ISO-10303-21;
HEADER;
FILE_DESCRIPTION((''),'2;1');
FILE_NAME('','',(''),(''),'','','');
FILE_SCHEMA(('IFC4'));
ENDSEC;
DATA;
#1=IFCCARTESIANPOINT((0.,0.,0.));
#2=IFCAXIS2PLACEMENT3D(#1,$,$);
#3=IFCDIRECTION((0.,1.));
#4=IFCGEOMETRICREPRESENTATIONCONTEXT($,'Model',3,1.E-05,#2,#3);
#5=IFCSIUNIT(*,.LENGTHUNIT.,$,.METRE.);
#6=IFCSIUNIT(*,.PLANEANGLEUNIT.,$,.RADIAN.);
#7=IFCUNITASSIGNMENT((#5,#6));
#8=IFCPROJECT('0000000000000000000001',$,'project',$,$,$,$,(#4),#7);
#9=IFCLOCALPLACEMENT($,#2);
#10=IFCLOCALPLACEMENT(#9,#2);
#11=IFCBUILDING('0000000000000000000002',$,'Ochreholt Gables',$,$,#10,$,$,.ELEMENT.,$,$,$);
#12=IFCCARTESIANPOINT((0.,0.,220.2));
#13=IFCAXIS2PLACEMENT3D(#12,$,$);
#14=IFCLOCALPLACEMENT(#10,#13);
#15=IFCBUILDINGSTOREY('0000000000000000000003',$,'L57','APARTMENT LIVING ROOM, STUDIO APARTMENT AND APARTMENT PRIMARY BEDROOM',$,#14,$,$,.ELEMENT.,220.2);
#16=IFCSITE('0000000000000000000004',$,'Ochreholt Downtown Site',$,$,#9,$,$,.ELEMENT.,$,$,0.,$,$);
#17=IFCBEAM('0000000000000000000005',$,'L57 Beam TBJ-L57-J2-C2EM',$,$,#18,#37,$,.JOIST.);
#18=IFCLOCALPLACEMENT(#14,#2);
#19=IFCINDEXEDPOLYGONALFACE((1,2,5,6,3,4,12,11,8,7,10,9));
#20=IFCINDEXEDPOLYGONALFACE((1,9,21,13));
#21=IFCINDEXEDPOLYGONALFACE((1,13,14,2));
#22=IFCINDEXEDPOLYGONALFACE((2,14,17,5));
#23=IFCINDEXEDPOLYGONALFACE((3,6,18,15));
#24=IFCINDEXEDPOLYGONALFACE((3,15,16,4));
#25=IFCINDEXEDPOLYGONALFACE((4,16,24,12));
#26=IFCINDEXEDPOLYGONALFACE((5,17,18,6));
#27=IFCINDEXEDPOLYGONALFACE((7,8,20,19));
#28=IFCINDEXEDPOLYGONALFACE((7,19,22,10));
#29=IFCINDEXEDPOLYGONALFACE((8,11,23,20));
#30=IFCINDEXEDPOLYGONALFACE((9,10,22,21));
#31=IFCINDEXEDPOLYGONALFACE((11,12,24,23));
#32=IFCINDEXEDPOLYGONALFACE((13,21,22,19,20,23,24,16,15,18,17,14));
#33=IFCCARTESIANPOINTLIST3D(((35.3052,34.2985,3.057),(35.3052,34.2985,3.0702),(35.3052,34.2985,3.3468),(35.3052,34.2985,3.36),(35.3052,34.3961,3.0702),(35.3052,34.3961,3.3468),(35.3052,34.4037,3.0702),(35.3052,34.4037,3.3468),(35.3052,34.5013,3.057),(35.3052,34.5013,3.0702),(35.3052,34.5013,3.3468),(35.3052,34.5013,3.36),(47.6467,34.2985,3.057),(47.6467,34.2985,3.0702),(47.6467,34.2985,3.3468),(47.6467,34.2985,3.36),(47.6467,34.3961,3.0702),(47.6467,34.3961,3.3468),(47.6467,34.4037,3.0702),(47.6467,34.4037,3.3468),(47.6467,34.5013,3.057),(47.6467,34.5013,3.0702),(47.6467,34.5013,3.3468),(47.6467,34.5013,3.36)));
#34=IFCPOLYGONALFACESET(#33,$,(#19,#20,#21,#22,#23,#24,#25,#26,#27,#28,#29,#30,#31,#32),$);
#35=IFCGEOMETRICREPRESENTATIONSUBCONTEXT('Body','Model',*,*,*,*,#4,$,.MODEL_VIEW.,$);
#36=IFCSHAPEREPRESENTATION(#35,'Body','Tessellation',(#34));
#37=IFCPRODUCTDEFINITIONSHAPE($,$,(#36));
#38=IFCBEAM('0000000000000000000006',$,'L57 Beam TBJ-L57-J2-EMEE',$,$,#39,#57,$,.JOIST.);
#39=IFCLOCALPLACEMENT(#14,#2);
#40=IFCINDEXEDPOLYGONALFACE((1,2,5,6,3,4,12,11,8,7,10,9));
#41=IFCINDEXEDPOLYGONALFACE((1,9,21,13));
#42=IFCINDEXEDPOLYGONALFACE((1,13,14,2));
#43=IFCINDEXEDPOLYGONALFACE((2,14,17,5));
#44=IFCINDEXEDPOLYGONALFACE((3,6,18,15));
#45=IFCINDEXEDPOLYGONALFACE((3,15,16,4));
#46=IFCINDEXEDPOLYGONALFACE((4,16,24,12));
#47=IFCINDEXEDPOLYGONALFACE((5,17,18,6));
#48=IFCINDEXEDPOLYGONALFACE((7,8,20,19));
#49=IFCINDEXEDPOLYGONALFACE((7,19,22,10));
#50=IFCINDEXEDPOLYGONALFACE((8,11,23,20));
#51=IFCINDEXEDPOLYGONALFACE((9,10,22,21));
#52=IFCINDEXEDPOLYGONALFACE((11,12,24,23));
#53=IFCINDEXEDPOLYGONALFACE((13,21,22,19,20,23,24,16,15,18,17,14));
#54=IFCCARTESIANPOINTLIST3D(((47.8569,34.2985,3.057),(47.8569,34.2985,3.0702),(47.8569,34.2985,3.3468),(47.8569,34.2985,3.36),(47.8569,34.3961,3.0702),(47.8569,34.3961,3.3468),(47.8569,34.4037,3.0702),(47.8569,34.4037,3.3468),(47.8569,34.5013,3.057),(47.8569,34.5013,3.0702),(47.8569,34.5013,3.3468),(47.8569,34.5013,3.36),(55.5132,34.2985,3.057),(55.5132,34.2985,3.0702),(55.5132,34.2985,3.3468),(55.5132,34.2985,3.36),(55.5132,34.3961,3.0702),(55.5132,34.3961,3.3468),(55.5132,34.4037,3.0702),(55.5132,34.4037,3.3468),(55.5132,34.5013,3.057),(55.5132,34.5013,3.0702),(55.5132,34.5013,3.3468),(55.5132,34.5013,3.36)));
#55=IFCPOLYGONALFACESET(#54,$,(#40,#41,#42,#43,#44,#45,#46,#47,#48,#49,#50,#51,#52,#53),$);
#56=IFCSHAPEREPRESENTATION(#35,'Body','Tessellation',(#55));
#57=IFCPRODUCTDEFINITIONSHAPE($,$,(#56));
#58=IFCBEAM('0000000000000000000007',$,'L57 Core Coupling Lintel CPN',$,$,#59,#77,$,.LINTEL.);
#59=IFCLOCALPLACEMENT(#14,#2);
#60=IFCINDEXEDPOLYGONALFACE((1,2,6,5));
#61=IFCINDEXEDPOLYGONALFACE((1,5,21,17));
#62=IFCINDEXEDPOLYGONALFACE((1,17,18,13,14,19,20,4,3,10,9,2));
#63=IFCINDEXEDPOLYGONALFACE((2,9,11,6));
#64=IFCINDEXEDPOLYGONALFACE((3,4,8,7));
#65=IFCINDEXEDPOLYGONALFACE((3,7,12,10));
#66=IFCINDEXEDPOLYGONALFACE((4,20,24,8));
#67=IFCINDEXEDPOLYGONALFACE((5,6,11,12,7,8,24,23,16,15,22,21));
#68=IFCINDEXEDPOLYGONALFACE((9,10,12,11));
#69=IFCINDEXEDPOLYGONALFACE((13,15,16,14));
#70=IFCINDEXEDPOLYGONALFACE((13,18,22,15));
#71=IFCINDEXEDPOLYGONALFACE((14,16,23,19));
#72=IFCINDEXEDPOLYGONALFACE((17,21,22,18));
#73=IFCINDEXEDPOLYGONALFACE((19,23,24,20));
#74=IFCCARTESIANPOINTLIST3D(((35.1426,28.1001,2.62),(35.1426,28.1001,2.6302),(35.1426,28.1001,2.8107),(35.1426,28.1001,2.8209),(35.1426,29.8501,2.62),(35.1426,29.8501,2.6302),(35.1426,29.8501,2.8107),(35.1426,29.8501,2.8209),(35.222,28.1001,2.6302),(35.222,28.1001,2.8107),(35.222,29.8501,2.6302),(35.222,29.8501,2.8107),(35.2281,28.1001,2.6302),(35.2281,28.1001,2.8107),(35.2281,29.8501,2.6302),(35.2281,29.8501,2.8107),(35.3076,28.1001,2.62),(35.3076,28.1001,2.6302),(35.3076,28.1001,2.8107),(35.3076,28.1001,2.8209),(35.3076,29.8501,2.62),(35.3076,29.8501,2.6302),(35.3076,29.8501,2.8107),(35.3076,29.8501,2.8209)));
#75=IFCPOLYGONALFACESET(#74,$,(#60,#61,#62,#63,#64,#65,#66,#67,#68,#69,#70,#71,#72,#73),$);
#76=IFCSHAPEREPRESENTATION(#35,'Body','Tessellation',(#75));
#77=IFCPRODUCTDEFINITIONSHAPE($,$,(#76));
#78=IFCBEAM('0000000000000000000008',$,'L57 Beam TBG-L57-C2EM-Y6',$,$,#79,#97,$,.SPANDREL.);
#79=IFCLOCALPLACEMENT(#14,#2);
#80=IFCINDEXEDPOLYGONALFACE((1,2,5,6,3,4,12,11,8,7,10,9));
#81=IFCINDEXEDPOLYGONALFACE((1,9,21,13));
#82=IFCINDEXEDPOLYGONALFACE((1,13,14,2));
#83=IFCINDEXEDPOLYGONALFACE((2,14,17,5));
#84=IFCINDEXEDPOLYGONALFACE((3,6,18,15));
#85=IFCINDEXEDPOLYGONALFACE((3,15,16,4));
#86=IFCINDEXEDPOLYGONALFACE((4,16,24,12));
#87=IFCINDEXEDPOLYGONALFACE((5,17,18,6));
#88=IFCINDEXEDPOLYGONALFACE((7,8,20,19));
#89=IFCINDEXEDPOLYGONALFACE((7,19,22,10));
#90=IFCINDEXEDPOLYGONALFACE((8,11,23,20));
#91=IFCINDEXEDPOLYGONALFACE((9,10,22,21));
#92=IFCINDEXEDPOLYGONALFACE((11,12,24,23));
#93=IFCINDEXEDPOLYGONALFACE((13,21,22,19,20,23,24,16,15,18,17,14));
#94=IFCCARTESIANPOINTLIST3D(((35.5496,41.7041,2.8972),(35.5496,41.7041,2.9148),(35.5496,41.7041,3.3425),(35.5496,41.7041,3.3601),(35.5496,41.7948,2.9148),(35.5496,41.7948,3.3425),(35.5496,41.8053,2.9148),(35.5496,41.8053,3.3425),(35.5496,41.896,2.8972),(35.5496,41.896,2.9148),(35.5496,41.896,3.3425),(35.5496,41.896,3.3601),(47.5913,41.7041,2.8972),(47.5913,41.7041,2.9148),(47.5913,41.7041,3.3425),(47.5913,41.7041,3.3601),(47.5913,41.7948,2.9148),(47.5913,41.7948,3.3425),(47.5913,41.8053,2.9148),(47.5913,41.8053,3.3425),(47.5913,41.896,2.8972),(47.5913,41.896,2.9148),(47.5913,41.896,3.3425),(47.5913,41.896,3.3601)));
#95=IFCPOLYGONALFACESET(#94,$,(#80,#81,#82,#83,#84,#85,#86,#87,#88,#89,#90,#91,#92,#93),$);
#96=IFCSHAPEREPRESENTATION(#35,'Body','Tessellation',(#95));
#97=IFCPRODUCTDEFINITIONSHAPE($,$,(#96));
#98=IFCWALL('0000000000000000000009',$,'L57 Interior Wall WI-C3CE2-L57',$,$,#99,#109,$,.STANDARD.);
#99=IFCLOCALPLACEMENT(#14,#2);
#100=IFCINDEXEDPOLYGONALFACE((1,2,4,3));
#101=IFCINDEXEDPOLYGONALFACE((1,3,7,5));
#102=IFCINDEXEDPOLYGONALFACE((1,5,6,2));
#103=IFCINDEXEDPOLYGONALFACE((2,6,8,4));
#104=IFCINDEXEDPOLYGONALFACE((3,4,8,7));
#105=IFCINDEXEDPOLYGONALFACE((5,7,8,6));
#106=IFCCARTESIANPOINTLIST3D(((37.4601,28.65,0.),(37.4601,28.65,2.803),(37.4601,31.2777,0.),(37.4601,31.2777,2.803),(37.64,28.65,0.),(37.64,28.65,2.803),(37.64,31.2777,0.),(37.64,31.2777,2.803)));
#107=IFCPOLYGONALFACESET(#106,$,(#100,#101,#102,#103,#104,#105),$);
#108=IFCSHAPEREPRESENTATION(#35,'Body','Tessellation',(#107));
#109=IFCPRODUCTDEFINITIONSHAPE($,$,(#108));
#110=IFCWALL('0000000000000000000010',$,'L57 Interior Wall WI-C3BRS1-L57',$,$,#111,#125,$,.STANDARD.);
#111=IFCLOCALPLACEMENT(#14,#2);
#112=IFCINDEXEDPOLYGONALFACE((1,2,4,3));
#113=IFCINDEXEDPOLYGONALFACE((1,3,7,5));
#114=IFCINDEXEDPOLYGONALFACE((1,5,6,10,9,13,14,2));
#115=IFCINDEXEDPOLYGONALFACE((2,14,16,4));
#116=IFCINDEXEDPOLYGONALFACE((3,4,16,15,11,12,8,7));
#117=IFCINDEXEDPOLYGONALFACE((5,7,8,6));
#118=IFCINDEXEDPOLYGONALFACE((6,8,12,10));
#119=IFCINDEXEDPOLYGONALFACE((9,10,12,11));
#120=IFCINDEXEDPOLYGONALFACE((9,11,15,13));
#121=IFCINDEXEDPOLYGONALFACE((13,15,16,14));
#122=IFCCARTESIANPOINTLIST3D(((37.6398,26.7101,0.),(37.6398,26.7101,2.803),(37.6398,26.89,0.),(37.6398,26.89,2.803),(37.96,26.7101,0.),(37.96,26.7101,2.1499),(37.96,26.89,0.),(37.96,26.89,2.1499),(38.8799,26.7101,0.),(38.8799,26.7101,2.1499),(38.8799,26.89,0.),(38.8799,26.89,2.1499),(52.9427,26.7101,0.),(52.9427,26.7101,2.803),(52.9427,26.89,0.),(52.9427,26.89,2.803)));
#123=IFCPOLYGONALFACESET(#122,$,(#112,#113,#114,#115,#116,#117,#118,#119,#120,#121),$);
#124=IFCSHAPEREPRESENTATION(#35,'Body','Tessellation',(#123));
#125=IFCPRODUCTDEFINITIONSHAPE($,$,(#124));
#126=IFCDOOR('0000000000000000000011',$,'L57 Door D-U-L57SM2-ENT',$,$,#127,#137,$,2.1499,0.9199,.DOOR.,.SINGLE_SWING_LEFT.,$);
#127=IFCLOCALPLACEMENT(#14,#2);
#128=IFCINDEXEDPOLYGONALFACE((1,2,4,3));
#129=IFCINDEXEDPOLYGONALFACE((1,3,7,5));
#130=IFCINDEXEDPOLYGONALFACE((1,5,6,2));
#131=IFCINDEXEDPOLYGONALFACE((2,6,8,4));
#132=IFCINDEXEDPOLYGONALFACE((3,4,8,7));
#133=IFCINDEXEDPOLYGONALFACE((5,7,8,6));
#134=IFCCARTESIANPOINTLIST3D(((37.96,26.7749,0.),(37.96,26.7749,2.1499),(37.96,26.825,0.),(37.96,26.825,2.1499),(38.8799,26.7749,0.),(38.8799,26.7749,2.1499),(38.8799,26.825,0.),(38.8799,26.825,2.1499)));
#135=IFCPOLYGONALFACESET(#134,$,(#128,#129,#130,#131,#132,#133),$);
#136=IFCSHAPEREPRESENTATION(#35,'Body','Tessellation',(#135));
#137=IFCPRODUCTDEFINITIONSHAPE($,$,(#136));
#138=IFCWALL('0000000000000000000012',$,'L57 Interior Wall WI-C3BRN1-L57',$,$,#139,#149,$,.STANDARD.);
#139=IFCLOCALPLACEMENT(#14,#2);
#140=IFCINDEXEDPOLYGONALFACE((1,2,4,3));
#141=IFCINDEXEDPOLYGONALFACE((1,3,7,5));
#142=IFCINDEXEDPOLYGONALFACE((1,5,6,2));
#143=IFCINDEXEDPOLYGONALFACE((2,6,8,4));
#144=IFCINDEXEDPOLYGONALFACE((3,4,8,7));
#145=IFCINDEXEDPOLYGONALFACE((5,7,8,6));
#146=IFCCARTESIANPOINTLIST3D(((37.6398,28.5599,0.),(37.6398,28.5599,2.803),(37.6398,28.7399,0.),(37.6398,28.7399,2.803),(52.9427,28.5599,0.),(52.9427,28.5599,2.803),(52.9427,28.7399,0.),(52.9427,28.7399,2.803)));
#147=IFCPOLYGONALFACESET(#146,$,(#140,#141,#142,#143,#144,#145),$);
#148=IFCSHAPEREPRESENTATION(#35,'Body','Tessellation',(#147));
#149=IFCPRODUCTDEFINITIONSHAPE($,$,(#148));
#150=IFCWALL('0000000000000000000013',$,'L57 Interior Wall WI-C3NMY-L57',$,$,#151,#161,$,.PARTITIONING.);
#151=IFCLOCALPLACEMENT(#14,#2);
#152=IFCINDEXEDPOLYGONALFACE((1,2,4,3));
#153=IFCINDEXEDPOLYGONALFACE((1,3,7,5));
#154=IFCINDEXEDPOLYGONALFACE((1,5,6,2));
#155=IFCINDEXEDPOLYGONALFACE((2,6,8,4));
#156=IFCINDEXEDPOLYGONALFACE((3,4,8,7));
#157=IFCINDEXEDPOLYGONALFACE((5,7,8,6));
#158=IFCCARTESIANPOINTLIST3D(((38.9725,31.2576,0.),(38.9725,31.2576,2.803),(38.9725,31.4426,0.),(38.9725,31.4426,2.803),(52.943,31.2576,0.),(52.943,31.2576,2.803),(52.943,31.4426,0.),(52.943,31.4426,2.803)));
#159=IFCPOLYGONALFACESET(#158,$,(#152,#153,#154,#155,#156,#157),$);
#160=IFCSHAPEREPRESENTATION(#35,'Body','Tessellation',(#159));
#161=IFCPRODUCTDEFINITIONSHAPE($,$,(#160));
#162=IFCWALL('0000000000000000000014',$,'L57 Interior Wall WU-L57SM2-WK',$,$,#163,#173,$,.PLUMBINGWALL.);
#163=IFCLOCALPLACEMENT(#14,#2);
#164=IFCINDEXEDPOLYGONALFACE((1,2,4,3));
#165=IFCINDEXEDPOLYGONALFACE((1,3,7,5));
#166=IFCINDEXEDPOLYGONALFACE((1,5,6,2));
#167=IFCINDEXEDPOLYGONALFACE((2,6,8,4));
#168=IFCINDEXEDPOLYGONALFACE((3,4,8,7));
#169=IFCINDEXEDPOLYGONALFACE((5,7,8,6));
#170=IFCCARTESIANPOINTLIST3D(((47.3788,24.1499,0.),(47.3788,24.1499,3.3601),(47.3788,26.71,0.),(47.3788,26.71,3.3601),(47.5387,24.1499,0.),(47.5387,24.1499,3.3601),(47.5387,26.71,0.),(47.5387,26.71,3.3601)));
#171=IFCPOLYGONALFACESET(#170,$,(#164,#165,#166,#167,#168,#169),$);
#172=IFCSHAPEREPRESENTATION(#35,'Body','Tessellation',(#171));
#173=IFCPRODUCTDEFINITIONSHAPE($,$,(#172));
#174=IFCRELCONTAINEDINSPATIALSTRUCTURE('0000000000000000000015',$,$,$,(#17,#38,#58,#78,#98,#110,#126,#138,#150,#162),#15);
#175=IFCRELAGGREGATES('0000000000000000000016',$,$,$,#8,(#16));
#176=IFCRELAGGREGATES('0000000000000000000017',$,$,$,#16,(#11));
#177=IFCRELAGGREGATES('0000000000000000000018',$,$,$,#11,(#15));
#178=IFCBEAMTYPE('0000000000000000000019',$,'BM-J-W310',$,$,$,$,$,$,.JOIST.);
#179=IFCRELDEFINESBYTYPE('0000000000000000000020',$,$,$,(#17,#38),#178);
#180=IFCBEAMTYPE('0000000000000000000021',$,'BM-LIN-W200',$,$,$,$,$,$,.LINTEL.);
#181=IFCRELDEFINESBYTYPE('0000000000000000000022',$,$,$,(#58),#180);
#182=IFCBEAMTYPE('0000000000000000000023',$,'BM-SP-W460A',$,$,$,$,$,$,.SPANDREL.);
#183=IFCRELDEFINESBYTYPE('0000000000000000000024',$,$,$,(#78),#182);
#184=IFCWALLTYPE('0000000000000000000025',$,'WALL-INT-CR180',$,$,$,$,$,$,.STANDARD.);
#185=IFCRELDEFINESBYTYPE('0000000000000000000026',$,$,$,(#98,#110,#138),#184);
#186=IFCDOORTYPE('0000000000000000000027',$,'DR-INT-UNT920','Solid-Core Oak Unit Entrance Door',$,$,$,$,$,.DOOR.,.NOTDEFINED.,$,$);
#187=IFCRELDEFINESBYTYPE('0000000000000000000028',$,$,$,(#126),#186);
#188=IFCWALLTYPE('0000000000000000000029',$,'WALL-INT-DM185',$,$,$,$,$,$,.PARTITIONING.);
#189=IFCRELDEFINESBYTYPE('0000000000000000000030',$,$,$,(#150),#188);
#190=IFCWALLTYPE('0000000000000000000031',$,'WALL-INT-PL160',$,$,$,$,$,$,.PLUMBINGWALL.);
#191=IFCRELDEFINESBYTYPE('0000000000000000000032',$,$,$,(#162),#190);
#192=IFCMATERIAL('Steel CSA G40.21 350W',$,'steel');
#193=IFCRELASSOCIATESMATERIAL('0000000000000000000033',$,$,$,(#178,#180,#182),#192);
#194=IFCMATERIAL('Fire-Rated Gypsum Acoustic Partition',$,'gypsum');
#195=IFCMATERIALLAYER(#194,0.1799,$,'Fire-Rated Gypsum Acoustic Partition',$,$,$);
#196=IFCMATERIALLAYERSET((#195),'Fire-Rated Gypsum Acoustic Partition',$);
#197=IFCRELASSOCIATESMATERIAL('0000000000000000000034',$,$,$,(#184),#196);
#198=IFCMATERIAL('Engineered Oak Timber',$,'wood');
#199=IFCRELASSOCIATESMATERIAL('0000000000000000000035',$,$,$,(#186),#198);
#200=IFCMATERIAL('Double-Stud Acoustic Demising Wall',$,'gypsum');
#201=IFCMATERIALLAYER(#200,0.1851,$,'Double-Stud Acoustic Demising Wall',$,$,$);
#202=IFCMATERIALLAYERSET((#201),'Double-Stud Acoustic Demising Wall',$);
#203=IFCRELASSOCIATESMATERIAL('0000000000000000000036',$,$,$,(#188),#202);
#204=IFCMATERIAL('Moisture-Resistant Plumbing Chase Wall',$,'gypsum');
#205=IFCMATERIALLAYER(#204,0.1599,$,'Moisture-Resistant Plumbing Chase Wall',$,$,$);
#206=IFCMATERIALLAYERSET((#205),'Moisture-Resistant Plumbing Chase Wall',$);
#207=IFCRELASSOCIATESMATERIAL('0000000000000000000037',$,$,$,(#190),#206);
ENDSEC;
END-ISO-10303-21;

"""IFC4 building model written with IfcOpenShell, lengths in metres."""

from ifc_helpers import new_model, si_unit, direction, frame, frame_2d, origin, origin_2d, place, context, subcontext, project, spatial, rectangle, i_section, extrude, material, layer, layer_set, material_profile, profile_set, type_object, element, fill, save


model = new_model("IFC4")

# Units and contexts
model_context = context("Model", 3, precision=1e-05, world=origin(), true_north=direction((0.0, 1.0)))
body_context = subcontext(model_context, "Body", "Model", "MODEL_VIEW")
ifc_project = project(units=[si_unit("LENGTHUNIT", "METRE"), si_unit("PLANEANGLEUNIT", "RADIAN")], contexts=[model_context])

# Site, building, storey
site_placement = place(None, origin())
site = spatial("IfcSite", under=ifc_project, at=site_placement, Name="Ochreholt Downtown Site", CompositionType="ELEMENT", RefElevation=0.0)
building_placement = place(site_placement, origin())
building = spatial("IfcBuilding", under=site, at=building_placement, Name="Ochreholt Gables", CompositionType="ELEMENT")
storey_placement = place(building_placement, frame((0.0, 0.0, 220.2)))
storey = spatial("IfcBuildingStorey", under=building, at=storey_placement, Name="L57", Description="APARTMENT LIVING ROOM, STUDIO APARTMENT AND APARTMENT PRIMARY BEDROOM", CompositionType="ELEMENT", Elevation=220.2)

# Shared definitions
ifc_material_1 = material(Name="Steel CSA G40.21 350W", Category="steel")

# Beams
ifc_material_profile_1 = material_profile(ifc_material_1, i_section(OverallWidth=0.2029, OverallDepth=0.303, WebThickness=0.0076, FlangeThickness=0.0132, at=origin_2d()), Name="W310X60")
ifc_profile_set_1 = profile_set([ifc_material_profile_1], Name="Steel CSA G40.21 350W")
beam_type_1 = type_object("IfcBeamType", Name="BM-J-W310", PredefinedType="JOIST", material=ifc_profile_set_1)
beam_1_placement = place(storey_placement, frame((35.3052, 34.3999, 3.2085), z_axis=(1.0, 0.0, 0.0), x_axis=(0.0, 1.0, 0.0)))
element("IfcBeam", 1, at=beam_1_placement, inside=storey, type_object=beam_type_1, Name="L57 Beam TBJ-L57-J2-C2EM", PredefinedType="JOIST", context=body_context, shape_type="SweptSolid", body=[
    extrude(i_section(OverallWidth=0.2029, OverallDepth=0.303, WebThickness=0.0076, FlangeThickness=0.0132, at=origin_2d()), origin(), (0.0, 0.0, 1.0), 12.3416),
])
beam_2_placement = place(storey_placement, frame((47.8569, 34.3999, 3.2085), z_axis=(1.0, 0.0, 0.0), x_axis=(0.0, 1.0, 0.0)))
element("IfcBeam", 2, at=beam_2_placement, inside=storey, type_object=beam_type_1, Name="L57 Beam TBJ-L57-J2-EMEE", PredefinedType="JOIST", context=body_context, shape_type="SweptSolid", body=[
    extrude(i_section(OverallWidth=0.2029, OverallDepth=0.303, WebThickness=0.0076, FlangeThickness=0.0132, at=origin_2d()), origin(), (0.0, 0.0, 1.0), 7.6562),
])
ifc_material_profile_2 = material_profile(ifc_material_1, i_section(OverallWidth=0.165, OverallDepth=0.2009, WebThickness=0.0061, FlangeThickness=0.0103, at=origin_2d()), Name="W200X36")
ifc_profile_set_2 = profile_set([ifc_material_profile_2], Name="Steel CSA G40.21 350W")
beam_type_2 = type_object("IfcBeamType", Name="BM-LIN-W200", PredefinedType="LINTEL", material=ifc_profile_set_2)
beam_3_placement = place(storey_placement, frame((35.2251, 28.1001, 2.7205), z_axis=(0.0, 1.0, 0.0), x_axis=(-1.0, 0.0, 0.0)))
element("IfcBeam", 3, at=beam_3_placement, inside=storey, type_object=beam_type_2, Name="L57 Core Coupling Lintel CPN", PredefinedType="LINTEL", context=body_context, shape_type="SweptSolid", body=[
    extrude(i_section(OverallWidth=0.165, OverallDepth=0.2009, WebThickness=0.0061, FlangeThickness=0.0103, at=origin_2d()), origin(), (0.0, 0.0, 1.0), 1.75),
])
ifc_material_profile_3 = material_profile(ifc_material_1, i_section(OverallWidth=0.1919, OverallDepth=0.4629, WebThickness=0.0105, FlangeThickness=0.0176, at=origin_2d()), Name="W460X89")
ifc_profile_set_3 = profile_set([ifc_material_profile_3], Name="Steel CSA G40.21 350W")
beam_type_3 = type_object("IfcBeamType", Name="BM-SP-W460A", PredefinedType="SPANDREL", material=ifc_profile_set_3)
beam_4_placement = place(storey_placement, frame((35.5496, 41.8, 3.1287), z_axis=(1.0, 0.0, 0.0), x_axis=(0.0, 1.0, 0.0)))
element("IfcBeam", 4, at=beam_4_placement, inside=storey, type_object=beam_type_3, Name="L57 Beam TBG-L57-C2EM-Y6", PredefinedType="SPANDREL", context=body_context, shape_type="SweptSolid", body=[
    extrude(i_section(OverallWidth=0.1919, OverallDepth=0.4629, WebThickness=0.0105, FlangeThickness=0.0176, at=origin_2d()), origin(), (0.0, 0.0, 1.0), 12.0417),
])

# Wall
ifc_material_2 = material(Name="Fire-Rated Gypsum Acoustic Partition", Category="gypsum")
ifc_layer_1 = layer(ifc_material_2, 0.1799, Name="Fire-Rated Gypsum Acoustic Partition")
ifc_layer_set_1 = layer_set([ifc_layer_1], Name="Fire-Rated Gypsum Acoustic Partition")
wall_type_1 = type_object("IfcWallType", Name="WALL-INT-CR180", PredefinedType="STANDARD", material=ifc_layer_set_1)
wall_1_placement = place(storey_placement, frame((37.55, 28.6499, 0.0), z_axis=(0.0, 0.0, 1.0), x_axis=(0.0, 1.0, 0.0)))
element("IfcWall", 5, at=wall_1_placement, inside=storey, type_object=wall_type_1, Name="L57 Interior Wall WI-C3CE2-L57", PredefinedType="STANDARD", context=body_context, shape_type="SweptSolid", body=[
    extrude(rectangle(XDim=2.6277, YDim=0.1799, at=frame_2d((1.314, 0.0))), origin(), (0.0, 0.0, 1.0), 2.803),
])

# Wall, opening, door
wall_2_placement = place(storey_placement, frame((37.6399, 26.8, 0.0), z_axis=(0.0, 0.0, 1.0), x_axis=(1.0, 0.0, 0.0)))
wall_2 = element("IfcWall", 6, at=wall_2_placement, inside=storey, type_object=wall_type_1, Name="L57 Interior Wall WI-C3BRS1-L57", PredefinedType="STANDARD", context=body_context, shape_type="SweptSolid", body=[
    extrude(rectangle(XDim=15.303, YDim=0.1799, at=frame_2d((7.6514, 0.0))), origin(), (0.0, 0.0, 1.0), 2.803),
])
opening_1_placement = place(wall_2_placement, frame((0.3201, 0.0, 0.0)))
opening_1 = element("IfcOpeningElement", 7, at=opening_1_placement, cuts=wall_2, PredefinedType="OPENING", context=body_context, shape_type="SweptSolid", body=[
    extrude(rectangle(XDim=0.9199, YDim=2.1499, at=frame_2d((0.46, 1.075))), frame((0.0, 0.0999, 0.0), z_axis=(0.0, -1.0, 0.0), x_axis=(1.0, 0.0, 0.0)), (0.0, 0.0, 1.0), 0.2),
])
ifc_material_3 = material(Name="Engineered Oak Timber", Category="wood")
door_type_1 = type_object("IfcDoorType", Name="DR-INT-UNT920", Description="Solid-Core Oak Unit Entrance Door", OperationType="NOTDEFINED", PredefinedType="DOOR", material=ifc_material_3)
door_1_placement = place(opening_1_placement, origin())
door_1 = element("IfcDoor", 8, at=door_1_placement, inside=storey, type_object=door_type_1, Name="L57 Door D-U-L57SM2-ENT", OperationType="SINGLE_SWING_LEFT", OverallHeight=2.1499, OverallWidth=0.9199, PredefinedType="DOOR", context=body_context, shape_type="SweptSolid", body=[
    extrude(rectangle(XDim=0.9199, YDim=2.1499, at=frame_2d((0.46, 1.075))), frame((0.0, 0.0249, 0.0), z_axis=(0.0, -1.0, 0.0), x_axis=(1.0, 0.0, 0.0)), (0.0, 0.0, 1.0), 0.05),
])
fill(opening_1, door_1)

# Walls
wall_3_placement = place(storey_placement, frame((37.6399, 28.6499, 0.0), z_axis=(0.0, 0.0, 1.0), x_axis=(1.0, 0.0, 0.0)))
element("IfcWall", 9, at=wall_3_placement, inside=storey, type_object=wall_type_1, Name="L57 Interior Wall WI-C3BRN1-L57", PredefinedType="STANDARD", context=body_context, shape_type="SweptSolid", body=[
    extrude(rectangle(XDim=15.303, YDim=0.1799, at=frame_2d((7.6514, 0.0))), origin(), (0.0, 0.0, 1.0), 2.803),
])
ifc_material_4 = material(Name="Double-Stud Acoustic Demising Wall", Category="gypsum")
ifc_layer_2 = layer(ifc_material_4, 0.1851, Name="Double-Stud Acoustic Demising Wall")
ifc_layer_set_2 = layer_set([ifc_layer_2], Name="Double-Stud Acoustic Demising Wall")
wall_type_2 = type_object("IfcWallType", Name="WALL-INT-DM185", PredefinedType="PARTITIONING", material=ifc_layer_set_2)
wall_4_placement = place(storey_placement, frame((38.9724, 31.3501, 0.0), z_axis=(0.0, 0.0, 1.0), x_axis=(1.0, 0.0, 0.0)))
element("IfcWall", 10, at=wall_4_placement, inside=storey, type_object=wall_type_2, Name="L57 Interior Wall WI-C3NMY-L57", PredefinedType="PARTITIONING", context=body_context, shape_type="SweptSolid", body=[
    extrude(rectangle(XDim=13.9705, YDim=0.1851, at=frame_2d((6.9854, 0.0))), origin(), (0.0, 0.0, 1.0), 2.803),
])

# Shared definitions
ifc_material_5 = material(Name="Moisture-Resistant Plumbing Chase Wall", Category="gypsum")
ifc_layer_3 = layer(ifc_material_5, 0.1599, Name="Moisture-Resistant Plumbing Chase Wall")
ifc_layer_set_3 = layer_set([ifc_layer_3], Name="Moisture-Resistant Plumbing Chase Wall")
wall_type_3 = type_object("IfcWallType", Name="WALL-INT-PL160", PredefinedType="PLUMBINGWALL", material=ifc_layer_set_3)

# Wall
wall_5_placement = place(storey_placement, frame((47.4587, 24.1499, 0.0), z_axis=(0.0, 0.0, 1.0), x_axis=(0.0, 1.0, 0.0)))
element("IfcWall", 11, at=wall_5_placement, inside=storey, type_object=wall_type_3, Name="L57 Interior Wall WU-L57SM2-WK", PredefinedType="PLUMBINGWALL", context=body_context, shape_type="SweptSolid", body=[
    extrude(rectangle(XDim=2.5601, YDim=0.1599, at=frame_2d((1.28, 0.0))), origin(), (0.0, 0.0, 1.0), 3.3601),
])

save(model, "model.ifc")
